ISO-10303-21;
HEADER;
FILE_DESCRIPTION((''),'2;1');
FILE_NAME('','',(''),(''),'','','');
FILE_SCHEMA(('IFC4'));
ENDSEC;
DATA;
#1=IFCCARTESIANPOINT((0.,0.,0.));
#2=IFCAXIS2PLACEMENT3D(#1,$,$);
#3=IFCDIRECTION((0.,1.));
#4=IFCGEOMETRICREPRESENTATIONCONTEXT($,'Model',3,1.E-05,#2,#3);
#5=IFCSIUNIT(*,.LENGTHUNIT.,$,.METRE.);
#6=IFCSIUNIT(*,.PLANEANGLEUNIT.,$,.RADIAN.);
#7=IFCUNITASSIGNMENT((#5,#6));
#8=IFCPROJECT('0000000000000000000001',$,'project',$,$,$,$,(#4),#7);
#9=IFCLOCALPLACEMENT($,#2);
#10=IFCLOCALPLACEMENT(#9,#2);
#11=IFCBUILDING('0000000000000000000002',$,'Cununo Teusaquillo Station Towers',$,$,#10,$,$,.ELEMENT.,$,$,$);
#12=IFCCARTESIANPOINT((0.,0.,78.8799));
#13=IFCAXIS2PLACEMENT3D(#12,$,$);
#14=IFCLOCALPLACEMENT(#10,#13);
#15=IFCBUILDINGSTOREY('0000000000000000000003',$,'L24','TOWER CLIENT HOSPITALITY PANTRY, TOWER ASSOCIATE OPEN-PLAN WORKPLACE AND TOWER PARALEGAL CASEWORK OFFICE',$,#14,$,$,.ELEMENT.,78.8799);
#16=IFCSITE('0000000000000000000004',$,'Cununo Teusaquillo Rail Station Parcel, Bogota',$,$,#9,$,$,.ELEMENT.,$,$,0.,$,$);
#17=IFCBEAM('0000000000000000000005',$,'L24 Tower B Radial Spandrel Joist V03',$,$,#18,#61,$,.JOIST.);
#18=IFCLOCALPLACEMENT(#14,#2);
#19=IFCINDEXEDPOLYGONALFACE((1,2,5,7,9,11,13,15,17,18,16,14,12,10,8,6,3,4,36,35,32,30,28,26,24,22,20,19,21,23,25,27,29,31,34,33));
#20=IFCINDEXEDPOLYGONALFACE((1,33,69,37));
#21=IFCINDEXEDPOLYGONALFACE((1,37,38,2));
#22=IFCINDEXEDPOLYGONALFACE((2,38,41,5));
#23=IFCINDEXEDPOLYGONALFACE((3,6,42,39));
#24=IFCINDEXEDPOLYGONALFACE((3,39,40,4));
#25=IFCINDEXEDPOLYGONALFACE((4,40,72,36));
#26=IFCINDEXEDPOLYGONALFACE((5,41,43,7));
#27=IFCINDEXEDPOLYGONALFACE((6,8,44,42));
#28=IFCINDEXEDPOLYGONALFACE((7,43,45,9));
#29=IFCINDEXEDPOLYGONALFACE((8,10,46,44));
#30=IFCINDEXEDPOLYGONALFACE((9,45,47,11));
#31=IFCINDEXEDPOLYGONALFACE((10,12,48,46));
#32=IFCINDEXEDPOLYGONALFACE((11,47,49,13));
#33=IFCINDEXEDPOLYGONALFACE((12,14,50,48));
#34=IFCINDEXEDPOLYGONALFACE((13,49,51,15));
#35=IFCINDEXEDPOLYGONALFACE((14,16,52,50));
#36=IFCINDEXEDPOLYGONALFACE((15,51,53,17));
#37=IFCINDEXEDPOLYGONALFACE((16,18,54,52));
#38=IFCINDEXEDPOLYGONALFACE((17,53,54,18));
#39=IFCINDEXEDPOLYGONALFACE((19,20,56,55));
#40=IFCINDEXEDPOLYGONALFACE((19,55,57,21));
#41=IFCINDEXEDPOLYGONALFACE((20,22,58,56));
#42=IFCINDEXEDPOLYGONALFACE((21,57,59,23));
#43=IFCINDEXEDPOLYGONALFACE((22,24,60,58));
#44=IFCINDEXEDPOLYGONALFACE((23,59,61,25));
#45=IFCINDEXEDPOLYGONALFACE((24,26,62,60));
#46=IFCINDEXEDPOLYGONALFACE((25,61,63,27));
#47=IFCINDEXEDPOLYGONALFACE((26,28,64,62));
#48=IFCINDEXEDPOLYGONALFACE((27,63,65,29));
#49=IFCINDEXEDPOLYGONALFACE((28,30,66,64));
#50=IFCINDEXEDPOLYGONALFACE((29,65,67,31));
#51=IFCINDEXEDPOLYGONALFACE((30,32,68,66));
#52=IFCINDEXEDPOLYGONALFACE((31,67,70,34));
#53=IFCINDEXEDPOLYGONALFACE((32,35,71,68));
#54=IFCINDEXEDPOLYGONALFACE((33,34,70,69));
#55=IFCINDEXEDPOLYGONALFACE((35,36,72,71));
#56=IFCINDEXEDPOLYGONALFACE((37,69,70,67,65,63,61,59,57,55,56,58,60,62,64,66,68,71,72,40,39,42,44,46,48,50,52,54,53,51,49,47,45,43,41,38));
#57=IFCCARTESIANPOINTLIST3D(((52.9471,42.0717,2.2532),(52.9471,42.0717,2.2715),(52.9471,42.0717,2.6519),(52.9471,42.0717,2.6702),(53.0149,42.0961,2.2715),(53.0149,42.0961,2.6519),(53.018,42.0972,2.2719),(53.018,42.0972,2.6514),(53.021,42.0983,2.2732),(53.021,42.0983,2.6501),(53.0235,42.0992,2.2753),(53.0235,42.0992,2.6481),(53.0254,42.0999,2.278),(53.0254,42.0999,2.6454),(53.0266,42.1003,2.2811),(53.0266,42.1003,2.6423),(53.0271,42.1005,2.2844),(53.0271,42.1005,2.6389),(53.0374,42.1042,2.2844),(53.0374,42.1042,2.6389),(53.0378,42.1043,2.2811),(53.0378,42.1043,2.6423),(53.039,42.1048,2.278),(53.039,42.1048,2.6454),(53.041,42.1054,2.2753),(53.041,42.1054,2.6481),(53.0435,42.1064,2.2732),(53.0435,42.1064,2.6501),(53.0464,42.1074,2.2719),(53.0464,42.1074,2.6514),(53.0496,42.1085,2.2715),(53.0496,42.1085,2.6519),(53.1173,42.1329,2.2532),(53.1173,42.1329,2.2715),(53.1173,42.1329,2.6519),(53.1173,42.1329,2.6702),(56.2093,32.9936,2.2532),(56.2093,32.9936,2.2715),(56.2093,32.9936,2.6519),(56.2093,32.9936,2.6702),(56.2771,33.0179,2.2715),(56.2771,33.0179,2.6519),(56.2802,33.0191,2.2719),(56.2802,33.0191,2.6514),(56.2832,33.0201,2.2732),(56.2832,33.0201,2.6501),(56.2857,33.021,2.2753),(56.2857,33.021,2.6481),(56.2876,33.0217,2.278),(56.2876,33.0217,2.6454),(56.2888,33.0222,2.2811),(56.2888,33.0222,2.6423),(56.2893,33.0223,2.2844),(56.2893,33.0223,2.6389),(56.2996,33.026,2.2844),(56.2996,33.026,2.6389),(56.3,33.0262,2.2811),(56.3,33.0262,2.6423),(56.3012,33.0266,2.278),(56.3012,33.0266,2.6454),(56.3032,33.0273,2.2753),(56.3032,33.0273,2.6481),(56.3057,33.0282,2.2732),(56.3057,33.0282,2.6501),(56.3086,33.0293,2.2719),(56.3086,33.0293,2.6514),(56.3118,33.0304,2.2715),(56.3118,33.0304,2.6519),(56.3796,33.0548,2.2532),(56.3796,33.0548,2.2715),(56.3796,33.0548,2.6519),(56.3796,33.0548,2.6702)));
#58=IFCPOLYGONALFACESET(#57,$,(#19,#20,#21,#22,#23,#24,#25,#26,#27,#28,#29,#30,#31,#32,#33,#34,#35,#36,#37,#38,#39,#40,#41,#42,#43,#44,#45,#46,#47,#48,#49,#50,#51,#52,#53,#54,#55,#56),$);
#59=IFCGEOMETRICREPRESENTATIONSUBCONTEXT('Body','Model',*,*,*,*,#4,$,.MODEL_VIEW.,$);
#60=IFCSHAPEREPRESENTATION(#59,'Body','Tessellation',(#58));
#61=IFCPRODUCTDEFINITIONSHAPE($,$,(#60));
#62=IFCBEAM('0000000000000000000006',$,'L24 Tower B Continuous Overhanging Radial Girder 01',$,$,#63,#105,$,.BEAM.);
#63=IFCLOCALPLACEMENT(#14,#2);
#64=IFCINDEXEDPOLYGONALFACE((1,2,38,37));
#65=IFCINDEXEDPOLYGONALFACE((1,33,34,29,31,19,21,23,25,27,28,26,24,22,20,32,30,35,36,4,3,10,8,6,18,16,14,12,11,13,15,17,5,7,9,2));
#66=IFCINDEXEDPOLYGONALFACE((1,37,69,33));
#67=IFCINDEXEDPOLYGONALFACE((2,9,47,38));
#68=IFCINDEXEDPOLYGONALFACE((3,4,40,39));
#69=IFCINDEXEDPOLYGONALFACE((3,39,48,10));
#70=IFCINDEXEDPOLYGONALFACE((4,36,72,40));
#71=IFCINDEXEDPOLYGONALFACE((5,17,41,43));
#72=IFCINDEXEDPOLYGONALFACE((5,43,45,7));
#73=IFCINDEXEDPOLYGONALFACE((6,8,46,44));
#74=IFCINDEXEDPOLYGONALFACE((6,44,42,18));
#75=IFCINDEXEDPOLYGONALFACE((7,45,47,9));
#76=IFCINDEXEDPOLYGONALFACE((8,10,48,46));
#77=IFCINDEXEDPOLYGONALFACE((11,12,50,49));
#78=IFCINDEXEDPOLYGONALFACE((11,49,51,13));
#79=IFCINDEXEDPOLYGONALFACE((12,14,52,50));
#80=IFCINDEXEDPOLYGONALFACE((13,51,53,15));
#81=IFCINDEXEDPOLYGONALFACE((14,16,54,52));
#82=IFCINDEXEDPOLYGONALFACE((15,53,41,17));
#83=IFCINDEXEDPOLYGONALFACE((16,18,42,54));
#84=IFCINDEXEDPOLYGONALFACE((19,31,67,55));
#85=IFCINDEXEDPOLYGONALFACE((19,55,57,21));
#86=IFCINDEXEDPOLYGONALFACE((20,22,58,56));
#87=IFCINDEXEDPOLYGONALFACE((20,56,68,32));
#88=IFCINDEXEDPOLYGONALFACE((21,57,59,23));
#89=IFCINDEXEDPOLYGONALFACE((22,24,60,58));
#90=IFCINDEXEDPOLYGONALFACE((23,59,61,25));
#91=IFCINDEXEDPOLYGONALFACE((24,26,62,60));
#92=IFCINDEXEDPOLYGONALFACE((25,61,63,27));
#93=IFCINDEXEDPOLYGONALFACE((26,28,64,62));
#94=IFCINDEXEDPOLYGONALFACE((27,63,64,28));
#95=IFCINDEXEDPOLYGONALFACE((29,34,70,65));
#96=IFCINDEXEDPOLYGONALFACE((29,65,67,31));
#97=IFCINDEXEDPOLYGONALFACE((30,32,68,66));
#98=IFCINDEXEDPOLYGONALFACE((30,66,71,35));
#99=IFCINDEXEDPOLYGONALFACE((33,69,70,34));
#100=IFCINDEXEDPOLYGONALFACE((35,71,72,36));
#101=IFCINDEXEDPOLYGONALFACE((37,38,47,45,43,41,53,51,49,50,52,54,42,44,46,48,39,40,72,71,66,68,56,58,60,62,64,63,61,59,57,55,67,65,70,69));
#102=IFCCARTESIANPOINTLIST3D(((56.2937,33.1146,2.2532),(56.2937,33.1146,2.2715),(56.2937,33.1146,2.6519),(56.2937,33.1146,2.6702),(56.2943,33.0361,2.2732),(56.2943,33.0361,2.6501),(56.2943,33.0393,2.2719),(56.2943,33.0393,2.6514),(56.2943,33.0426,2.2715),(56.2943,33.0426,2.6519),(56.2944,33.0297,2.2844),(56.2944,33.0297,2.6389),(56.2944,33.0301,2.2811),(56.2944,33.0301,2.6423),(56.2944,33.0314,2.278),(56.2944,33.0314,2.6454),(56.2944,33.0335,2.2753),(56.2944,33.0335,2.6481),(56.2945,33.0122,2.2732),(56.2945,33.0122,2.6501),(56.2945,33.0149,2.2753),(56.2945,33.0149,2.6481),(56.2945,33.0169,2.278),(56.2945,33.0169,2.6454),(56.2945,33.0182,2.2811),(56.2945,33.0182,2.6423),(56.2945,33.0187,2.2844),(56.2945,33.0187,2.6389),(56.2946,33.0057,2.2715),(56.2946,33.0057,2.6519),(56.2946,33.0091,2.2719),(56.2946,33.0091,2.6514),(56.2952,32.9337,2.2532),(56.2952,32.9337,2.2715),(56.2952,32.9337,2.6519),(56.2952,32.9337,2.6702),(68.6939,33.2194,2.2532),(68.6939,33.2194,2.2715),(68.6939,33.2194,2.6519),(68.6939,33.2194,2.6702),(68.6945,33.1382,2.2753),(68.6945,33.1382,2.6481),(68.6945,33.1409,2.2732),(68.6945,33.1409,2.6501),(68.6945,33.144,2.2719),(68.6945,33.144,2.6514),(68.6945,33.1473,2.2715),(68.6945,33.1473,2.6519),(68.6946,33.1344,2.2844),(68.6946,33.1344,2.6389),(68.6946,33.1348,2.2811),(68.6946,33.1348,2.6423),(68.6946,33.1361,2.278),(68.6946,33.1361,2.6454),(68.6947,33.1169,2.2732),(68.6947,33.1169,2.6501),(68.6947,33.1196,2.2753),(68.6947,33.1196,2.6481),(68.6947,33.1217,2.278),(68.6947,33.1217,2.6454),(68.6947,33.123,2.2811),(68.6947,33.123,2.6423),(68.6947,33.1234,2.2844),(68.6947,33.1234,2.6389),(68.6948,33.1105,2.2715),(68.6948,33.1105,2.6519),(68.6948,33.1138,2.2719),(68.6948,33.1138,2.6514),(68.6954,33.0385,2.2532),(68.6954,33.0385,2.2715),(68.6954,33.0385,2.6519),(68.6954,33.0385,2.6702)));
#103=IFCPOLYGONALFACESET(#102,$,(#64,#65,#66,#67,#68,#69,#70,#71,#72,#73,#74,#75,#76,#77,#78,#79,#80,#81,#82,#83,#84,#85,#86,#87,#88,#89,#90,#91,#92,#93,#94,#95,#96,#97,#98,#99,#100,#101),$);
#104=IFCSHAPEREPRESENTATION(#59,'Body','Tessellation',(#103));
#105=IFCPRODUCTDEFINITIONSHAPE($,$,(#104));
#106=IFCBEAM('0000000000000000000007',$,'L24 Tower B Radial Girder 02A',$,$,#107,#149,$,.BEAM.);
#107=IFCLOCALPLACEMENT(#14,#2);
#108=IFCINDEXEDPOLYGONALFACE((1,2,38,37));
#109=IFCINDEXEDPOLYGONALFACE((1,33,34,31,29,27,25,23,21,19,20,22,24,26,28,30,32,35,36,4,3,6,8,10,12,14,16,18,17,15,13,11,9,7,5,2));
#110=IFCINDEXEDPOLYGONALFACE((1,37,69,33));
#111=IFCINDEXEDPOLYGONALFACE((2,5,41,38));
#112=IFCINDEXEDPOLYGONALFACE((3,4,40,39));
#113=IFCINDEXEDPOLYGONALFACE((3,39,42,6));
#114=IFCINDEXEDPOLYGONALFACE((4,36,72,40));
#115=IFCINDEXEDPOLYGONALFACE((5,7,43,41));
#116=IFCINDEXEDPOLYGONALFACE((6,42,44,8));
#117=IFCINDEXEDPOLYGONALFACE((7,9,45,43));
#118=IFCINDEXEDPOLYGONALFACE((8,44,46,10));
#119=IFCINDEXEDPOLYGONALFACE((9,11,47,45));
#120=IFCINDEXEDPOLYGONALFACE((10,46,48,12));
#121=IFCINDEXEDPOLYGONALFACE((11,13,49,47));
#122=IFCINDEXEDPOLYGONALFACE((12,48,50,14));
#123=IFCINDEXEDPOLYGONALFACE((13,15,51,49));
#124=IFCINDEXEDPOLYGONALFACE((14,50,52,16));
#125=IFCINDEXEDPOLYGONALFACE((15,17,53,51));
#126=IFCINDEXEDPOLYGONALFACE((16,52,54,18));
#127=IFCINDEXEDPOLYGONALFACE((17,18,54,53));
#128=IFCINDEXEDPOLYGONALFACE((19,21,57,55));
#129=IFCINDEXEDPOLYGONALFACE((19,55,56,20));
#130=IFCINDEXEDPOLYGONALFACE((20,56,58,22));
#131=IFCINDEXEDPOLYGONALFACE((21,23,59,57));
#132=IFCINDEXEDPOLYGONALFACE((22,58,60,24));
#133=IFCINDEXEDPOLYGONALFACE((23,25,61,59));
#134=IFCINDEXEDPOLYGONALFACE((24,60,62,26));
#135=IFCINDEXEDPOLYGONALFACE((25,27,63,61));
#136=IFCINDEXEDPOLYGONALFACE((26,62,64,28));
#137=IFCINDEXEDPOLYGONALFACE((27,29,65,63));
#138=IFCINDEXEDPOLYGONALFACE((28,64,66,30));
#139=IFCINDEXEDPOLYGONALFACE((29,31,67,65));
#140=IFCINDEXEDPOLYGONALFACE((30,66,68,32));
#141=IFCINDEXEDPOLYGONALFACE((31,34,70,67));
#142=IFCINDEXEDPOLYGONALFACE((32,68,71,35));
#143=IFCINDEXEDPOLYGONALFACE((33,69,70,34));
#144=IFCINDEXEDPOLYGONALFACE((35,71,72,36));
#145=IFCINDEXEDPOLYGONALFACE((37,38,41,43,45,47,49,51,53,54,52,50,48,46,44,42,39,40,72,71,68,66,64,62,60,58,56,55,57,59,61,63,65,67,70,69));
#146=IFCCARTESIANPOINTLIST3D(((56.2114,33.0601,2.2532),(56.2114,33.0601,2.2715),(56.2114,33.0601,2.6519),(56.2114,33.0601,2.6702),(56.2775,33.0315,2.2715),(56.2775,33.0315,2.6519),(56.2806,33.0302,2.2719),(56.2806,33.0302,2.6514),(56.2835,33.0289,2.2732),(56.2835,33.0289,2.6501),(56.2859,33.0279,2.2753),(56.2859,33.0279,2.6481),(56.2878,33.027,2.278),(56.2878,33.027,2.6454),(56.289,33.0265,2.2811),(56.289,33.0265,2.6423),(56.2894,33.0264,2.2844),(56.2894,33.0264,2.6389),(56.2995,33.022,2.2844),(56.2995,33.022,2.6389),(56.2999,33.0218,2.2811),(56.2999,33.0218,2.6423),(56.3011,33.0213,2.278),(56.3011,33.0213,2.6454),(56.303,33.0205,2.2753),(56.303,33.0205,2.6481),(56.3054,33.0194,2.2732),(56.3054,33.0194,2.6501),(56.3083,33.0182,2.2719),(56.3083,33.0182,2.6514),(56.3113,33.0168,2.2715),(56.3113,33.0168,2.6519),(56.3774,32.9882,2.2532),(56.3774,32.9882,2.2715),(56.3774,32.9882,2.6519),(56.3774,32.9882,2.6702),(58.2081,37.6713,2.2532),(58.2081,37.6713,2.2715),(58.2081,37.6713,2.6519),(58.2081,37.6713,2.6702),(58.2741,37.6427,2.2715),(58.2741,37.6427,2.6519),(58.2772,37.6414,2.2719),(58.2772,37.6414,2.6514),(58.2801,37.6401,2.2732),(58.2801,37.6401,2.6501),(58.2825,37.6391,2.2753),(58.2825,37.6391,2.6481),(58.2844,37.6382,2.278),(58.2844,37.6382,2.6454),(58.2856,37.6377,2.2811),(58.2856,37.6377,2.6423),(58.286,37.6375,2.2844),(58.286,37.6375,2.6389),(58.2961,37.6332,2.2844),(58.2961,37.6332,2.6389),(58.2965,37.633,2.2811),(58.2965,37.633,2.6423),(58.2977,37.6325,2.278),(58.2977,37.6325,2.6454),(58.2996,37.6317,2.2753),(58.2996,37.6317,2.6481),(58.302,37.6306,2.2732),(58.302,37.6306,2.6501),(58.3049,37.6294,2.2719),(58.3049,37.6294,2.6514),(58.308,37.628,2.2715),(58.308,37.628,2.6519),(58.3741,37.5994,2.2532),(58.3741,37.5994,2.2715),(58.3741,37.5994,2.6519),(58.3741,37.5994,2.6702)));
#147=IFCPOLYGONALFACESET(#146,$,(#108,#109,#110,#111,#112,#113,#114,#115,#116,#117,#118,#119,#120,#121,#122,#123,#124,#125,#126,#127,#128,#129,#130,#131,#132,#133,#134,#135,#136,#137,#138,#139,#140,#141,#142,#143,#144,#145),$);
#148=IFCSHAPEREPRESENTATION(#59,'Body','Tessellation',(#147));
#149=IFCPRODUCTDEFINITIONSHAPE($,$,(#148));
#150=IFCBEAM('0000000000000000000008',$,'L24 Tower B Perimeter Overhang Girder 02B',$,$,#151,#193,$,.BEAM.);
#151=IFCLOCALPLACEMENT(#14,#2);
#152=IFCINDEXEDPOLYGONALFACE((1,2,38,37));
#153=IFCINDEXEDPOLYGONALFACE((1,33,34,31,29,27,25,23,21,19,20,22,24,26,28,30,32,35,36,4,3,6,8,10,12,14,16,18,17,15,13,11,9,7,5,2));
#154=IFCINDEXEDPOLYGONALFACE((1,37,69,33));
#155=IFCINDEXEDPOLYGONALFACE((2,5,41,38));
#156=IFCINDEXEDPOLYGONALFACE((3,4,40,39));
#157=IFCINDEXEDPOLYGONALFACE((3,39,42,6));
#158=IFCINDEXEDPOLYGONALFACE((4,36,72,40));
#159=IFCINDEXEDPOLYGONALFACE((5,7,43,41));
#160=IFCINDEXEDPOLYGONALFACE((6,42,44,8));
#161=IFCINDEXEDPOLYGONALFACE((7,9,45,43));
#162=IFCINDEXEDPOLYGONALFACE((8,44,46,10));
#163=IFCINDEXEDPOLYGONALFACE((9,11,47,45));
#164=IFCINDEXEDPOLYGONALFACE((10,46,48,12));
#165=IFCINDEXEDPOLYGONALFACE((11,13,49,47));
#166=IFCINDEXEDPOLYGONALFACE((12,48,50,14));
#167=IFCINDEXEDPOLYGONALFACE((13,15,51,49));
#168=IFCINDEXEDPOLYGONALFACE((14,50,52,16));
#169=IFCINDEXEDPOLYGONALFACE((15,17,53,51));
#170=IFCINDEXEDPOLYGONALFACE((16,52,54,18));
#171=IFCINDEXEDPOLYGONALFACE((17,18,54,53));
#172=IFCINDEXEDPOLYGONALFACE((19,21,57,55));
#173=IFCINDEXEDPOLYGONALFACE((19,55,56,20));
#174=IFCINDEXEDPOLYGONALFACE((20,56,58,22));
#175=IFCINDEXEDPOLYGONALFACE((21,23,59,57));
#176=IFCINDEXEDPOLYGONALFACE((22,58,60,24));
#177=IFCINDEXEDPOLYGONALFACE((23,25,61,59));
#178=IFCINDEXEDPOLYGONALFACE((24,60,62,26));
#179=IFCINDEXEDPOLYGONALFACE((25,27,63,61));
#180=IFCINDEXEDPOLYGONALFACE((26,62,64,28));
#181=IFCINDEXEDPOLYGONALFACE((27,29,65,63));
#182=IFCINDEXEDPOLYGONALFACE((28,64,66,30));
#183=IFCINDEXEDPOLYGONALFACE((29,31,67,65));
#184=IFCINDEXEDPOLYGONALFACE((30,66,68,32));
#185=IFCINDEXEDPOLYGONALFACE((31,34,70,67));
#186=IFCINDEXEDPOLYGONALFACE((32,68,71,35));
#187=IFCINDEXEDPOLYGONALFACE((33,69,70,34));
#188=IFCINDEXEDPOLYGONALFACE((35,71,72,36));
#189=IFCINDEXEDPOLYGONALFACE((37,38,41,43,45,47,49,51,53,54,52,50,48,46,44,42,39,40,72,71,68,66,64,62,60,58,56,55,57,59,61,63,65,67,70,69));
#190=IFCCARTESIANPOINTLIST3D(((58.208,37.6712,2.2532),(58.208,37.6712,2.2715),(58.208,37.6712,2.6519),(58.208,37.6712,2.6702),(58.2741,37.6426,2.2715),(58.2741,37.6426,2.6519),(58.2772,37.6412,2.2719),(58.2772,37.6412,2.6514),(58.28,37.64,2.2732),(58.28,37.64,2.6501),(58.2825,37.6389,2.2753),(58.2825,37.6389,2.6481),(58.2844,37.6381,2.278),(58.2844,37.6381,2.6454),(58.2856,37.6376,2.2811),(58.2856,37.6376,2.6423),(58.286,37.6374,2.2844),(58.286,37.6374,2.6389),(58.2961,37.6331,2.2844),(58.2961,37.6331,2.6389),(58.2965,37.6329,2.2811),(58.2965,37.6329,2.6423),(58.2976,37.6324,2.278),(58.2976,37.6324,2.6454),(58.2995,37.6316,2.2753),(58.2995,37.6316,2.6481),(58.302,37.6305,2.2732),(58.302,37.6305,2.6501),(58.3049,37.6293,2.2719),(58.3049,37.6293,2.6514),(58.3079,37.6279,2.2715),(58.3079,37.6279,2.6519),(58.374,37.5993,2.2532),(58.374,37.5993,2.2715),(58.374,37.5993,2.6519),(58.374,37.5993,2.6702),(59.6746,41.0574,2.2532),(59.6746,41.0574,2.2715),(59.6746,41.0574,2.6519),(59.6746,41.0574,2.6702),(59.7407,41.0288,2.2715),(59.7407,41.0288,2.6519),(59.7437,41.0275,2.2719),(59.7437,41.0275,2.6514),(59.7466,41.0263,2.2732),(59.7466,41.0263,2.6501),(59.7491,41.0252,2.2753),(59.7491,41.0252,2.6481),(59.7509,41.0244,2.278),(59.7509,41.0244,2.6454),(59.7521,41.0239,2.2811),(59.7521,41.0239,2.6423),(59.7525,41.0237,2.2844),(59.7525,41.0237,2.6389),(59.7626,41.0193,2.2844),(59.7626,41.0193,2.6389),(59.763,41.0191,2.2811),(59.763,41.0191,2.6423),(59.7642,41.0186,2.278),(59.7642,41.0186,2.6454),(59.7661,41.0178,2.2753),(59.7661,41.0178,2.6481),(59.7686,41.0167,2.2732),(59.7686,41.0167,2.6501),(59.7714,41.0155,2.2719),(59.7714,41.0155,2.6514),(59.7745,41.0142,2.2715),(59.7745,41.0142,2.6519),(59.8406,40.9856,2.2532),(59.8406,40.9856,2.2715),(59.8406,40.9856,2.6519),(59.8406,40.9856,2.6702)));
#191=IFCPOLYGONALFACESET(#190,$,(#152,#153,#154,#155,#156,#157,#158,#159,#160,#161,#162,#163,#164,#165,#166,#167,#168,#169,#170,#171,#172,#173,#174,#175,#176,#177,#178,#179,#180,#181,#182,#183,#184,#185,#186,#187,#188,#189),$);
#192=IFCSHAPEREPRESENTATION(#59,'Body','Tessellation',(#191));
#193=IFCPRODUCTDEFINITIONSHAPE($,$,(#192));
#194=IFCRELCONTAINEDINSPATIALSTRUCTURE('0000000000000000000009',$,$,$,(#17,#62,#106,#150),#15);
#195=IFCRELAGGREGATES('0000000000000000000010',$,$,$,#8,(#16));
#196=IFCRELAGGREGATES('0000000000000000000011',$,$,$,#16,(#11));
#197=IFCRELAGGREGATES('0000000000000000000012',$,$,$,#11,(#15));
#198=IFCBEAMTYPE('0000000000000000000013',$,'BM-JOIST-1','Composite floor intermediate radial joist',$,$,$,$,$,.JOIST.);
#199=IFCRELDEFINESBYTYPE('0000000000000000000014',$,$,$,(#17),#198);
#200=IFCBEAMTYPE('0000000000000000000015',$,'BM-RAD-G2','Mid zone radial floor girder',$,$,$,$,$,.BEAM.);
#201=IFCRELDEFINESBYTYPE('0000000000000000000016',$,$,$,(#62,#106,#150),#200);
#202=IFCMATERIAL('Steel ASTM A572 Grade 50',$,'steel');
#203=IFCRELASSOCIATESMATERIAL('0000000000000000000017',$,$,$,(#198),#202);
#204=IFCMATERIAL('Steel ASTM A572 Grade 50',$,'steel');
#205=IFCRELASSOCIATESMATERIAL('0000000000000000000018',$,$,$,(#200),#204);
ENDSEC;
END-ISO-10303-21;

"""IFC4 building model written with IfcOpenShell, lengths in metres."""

from ifc_helpers import new_model, si_unit, direction, frame, origin, origin_2d, place, context, subcontext, project, spatial, i_section, extrude, material, material_profile, profile_set, type_object, element, save


model = new_model("IFC4")

# Units and contexts
model_context = context("Model", 3, precision=1e-05, world=origin(), true_north=direction((0.0, 1.0)))
body_context = subcontext(model_context, "Body", "Model", "MODEL_VIEW")
ifc_project = project(units=[si_unit("LENGTHUNIT", "METRE"), si_unit("PLANEANGLEUNIT", "RADIAN")], contexts=[model_context])

# Site, building, storey
site_placement = place(None, origin())
site = spatial("IfcSite", under=ifc_project, at=site_placement, Name="Cununo Teusaquillo Rail Station Parcel, Bogota", CompositionType="ELEMENT", RefElevation=0.0)
building_placement = place(site_placement, origin())
building = spatial("IfcBuilding", under=site, at=building_placement, Name="Cununo Teusaquillo Station Towers", CompositionType="ELEMENT")
storey_placement = place(building_placement, frame((0.0, 0.0, 78.8799)))
storey = spatial("IfcBuildingStorey", under=building, at=storey_placement, Name="L24", Description="TOWER CLIENT HOSPITALITY PANTRY, TOWER ASSOCIATE OPEN-PLAN WORKPLACE AND TOWER PARALEGAL CASEWORK OFFICE", CompositionType="ELEMENT", Elevation=78.8799)

# Beams
ifc_material_1 = material(Name="Steel ASTM A572 Grade 50", Category="steel")
ifc_material_profile_1 = material_profile(ifc_material_1, i_section(OverallWidth=0.1809, OverallDepth=0.417, WebThickness=0.011, FlangeThickness=0.0183, FilletRadius=0.0129, at=origin_2d()), Name="W16X57")
ifc_profile_set_1 = profile_set([ifc_material_profile_1], Name="Steel ASTM A572 Grade 50")
beam_type_1 = type_object("IfcBeamType", Name="BM-JOIST-1", Description="Composite floor intermediate radial joist", PredefinedType="JOIST", material=ifc_profile_set_1)
beam_1_placement = place(storey_placement, frame((56.2944, 33.0242, 2.4617), z_axis=(-0.338176, 0.941083, 0.0), x_axis=(-0.941083, -0.338176, 0.0)))
element("IfcBeam", 1, at=beam_1_placement, inside=storey, type_object=beam_type_1, Name="L24 Tower B Radial Spandrel Joist V03", PredefinedType="JOIST", context=body_context, shape_type="SweptSolid", body=[
    extrude(i_section(OverallWidth=0.1809, OverallDepth=0.417, WebThickness=0.011, FlangeThickness=0.0183, FilletRadius=0.0129, at=origin_2d()), origin(), (0.0, 0.0, 1.0), 9.6465),
])
ifc_material_2 = material(Name="Steel ASTM A572 Grade 50", Category="steel")
ifc_material_profile_2 = material_profile(ifc_material_2, i_section(OverallWidth=0.1809, OverallDepth=0.417, WebThickness=0.011, FlangeThickness=0.0183, FilletRadius=0.0129, at=origin_2d()), Name="W16X57")
ifc_profile_set_2 = profile_set([ifc_material_profile_2], Name="Steel ASTM A572 Grade 50")
beam_type_2 = type_object("IfcBeamType", Name="BM-RAD-G2", Description="Mid zone radial floor girder", PredefinedType="BEAM", material=ifc_profile_set_2)
beam_2_placement = place(storey_placement, frame((56.2944, 33.0242, 2.4617), z_axis=(0.999964, 0.008446, 0.0), x_axis=(-0.008446, 0.999964, 0.0)))
element("IfcBeam", 2, at=beam_2_placement, inside=storey, type_object=beam_type_2, Name="L24 Tower B Continuous Overhanging Radial Girder 01", PredefinedType="BEAM", context=body_context, shape_type="SweptSolid", body=[
    extrude(i_section(OverallWidth=0.1809, OverallDepth=0.417, WebThickness=0.011, FlangeThickness=0.0183, FilletRadius=0.0129, at=origin_2d()), origin(), (0.0, 0.0, 1.0), 12.4006),
])
beam_3_placement = place(storey_placement, frame((56.2944, 33.0242, 2.4617), z_axis=(0.397347, 0.917668, 0.0), x_axis=(-0.917668, 0.397347, 0.0)))
element("IfcBeam", 3, at=beam_3_placement, inside=storey, type_object=beam_type_2, Name="L24 Tower B Radial Girder 02A", PredefinedType="BEAM", context=body_context, shape_type="SweptSolid", body=[
    extrude(i_section(OverallWidth=0.1809, OverallDepth=0.417, WebThickness=0.011, FlangeThickness=0.0183, FilletRadius=0.0129, at=origin_2d()), origin(), (0.0, 0.0, 1.0), 5.0249),
])
beam_4_placement = place(storey_placement, frame((58.291, 37.6353, 2.4617), z_axis=(0.397422, 0.917636, 0.0), x_axis=(-0.917636, 0.397422, 0.0)))
element("IfcBeam", 4, at=beam_4_placement, inside=storey, type_object=beam_type_2, Name="L24 Tower B Perimeter Overhang Girder 02B", PredefinedType="BEAM", context=body_context, shape_type="SweptSolid", body=[
    extrude(i_section(OverallWidth=0.1809, OverallDepth=0.417, WebThickness=0.011, FlangeThickness=0.0183, FilletRadius=0.0129, at=origin_2d()), origin(), (0.0, 0.0, 1.0), 3.6902),
])

save(model, "model.ifc")
